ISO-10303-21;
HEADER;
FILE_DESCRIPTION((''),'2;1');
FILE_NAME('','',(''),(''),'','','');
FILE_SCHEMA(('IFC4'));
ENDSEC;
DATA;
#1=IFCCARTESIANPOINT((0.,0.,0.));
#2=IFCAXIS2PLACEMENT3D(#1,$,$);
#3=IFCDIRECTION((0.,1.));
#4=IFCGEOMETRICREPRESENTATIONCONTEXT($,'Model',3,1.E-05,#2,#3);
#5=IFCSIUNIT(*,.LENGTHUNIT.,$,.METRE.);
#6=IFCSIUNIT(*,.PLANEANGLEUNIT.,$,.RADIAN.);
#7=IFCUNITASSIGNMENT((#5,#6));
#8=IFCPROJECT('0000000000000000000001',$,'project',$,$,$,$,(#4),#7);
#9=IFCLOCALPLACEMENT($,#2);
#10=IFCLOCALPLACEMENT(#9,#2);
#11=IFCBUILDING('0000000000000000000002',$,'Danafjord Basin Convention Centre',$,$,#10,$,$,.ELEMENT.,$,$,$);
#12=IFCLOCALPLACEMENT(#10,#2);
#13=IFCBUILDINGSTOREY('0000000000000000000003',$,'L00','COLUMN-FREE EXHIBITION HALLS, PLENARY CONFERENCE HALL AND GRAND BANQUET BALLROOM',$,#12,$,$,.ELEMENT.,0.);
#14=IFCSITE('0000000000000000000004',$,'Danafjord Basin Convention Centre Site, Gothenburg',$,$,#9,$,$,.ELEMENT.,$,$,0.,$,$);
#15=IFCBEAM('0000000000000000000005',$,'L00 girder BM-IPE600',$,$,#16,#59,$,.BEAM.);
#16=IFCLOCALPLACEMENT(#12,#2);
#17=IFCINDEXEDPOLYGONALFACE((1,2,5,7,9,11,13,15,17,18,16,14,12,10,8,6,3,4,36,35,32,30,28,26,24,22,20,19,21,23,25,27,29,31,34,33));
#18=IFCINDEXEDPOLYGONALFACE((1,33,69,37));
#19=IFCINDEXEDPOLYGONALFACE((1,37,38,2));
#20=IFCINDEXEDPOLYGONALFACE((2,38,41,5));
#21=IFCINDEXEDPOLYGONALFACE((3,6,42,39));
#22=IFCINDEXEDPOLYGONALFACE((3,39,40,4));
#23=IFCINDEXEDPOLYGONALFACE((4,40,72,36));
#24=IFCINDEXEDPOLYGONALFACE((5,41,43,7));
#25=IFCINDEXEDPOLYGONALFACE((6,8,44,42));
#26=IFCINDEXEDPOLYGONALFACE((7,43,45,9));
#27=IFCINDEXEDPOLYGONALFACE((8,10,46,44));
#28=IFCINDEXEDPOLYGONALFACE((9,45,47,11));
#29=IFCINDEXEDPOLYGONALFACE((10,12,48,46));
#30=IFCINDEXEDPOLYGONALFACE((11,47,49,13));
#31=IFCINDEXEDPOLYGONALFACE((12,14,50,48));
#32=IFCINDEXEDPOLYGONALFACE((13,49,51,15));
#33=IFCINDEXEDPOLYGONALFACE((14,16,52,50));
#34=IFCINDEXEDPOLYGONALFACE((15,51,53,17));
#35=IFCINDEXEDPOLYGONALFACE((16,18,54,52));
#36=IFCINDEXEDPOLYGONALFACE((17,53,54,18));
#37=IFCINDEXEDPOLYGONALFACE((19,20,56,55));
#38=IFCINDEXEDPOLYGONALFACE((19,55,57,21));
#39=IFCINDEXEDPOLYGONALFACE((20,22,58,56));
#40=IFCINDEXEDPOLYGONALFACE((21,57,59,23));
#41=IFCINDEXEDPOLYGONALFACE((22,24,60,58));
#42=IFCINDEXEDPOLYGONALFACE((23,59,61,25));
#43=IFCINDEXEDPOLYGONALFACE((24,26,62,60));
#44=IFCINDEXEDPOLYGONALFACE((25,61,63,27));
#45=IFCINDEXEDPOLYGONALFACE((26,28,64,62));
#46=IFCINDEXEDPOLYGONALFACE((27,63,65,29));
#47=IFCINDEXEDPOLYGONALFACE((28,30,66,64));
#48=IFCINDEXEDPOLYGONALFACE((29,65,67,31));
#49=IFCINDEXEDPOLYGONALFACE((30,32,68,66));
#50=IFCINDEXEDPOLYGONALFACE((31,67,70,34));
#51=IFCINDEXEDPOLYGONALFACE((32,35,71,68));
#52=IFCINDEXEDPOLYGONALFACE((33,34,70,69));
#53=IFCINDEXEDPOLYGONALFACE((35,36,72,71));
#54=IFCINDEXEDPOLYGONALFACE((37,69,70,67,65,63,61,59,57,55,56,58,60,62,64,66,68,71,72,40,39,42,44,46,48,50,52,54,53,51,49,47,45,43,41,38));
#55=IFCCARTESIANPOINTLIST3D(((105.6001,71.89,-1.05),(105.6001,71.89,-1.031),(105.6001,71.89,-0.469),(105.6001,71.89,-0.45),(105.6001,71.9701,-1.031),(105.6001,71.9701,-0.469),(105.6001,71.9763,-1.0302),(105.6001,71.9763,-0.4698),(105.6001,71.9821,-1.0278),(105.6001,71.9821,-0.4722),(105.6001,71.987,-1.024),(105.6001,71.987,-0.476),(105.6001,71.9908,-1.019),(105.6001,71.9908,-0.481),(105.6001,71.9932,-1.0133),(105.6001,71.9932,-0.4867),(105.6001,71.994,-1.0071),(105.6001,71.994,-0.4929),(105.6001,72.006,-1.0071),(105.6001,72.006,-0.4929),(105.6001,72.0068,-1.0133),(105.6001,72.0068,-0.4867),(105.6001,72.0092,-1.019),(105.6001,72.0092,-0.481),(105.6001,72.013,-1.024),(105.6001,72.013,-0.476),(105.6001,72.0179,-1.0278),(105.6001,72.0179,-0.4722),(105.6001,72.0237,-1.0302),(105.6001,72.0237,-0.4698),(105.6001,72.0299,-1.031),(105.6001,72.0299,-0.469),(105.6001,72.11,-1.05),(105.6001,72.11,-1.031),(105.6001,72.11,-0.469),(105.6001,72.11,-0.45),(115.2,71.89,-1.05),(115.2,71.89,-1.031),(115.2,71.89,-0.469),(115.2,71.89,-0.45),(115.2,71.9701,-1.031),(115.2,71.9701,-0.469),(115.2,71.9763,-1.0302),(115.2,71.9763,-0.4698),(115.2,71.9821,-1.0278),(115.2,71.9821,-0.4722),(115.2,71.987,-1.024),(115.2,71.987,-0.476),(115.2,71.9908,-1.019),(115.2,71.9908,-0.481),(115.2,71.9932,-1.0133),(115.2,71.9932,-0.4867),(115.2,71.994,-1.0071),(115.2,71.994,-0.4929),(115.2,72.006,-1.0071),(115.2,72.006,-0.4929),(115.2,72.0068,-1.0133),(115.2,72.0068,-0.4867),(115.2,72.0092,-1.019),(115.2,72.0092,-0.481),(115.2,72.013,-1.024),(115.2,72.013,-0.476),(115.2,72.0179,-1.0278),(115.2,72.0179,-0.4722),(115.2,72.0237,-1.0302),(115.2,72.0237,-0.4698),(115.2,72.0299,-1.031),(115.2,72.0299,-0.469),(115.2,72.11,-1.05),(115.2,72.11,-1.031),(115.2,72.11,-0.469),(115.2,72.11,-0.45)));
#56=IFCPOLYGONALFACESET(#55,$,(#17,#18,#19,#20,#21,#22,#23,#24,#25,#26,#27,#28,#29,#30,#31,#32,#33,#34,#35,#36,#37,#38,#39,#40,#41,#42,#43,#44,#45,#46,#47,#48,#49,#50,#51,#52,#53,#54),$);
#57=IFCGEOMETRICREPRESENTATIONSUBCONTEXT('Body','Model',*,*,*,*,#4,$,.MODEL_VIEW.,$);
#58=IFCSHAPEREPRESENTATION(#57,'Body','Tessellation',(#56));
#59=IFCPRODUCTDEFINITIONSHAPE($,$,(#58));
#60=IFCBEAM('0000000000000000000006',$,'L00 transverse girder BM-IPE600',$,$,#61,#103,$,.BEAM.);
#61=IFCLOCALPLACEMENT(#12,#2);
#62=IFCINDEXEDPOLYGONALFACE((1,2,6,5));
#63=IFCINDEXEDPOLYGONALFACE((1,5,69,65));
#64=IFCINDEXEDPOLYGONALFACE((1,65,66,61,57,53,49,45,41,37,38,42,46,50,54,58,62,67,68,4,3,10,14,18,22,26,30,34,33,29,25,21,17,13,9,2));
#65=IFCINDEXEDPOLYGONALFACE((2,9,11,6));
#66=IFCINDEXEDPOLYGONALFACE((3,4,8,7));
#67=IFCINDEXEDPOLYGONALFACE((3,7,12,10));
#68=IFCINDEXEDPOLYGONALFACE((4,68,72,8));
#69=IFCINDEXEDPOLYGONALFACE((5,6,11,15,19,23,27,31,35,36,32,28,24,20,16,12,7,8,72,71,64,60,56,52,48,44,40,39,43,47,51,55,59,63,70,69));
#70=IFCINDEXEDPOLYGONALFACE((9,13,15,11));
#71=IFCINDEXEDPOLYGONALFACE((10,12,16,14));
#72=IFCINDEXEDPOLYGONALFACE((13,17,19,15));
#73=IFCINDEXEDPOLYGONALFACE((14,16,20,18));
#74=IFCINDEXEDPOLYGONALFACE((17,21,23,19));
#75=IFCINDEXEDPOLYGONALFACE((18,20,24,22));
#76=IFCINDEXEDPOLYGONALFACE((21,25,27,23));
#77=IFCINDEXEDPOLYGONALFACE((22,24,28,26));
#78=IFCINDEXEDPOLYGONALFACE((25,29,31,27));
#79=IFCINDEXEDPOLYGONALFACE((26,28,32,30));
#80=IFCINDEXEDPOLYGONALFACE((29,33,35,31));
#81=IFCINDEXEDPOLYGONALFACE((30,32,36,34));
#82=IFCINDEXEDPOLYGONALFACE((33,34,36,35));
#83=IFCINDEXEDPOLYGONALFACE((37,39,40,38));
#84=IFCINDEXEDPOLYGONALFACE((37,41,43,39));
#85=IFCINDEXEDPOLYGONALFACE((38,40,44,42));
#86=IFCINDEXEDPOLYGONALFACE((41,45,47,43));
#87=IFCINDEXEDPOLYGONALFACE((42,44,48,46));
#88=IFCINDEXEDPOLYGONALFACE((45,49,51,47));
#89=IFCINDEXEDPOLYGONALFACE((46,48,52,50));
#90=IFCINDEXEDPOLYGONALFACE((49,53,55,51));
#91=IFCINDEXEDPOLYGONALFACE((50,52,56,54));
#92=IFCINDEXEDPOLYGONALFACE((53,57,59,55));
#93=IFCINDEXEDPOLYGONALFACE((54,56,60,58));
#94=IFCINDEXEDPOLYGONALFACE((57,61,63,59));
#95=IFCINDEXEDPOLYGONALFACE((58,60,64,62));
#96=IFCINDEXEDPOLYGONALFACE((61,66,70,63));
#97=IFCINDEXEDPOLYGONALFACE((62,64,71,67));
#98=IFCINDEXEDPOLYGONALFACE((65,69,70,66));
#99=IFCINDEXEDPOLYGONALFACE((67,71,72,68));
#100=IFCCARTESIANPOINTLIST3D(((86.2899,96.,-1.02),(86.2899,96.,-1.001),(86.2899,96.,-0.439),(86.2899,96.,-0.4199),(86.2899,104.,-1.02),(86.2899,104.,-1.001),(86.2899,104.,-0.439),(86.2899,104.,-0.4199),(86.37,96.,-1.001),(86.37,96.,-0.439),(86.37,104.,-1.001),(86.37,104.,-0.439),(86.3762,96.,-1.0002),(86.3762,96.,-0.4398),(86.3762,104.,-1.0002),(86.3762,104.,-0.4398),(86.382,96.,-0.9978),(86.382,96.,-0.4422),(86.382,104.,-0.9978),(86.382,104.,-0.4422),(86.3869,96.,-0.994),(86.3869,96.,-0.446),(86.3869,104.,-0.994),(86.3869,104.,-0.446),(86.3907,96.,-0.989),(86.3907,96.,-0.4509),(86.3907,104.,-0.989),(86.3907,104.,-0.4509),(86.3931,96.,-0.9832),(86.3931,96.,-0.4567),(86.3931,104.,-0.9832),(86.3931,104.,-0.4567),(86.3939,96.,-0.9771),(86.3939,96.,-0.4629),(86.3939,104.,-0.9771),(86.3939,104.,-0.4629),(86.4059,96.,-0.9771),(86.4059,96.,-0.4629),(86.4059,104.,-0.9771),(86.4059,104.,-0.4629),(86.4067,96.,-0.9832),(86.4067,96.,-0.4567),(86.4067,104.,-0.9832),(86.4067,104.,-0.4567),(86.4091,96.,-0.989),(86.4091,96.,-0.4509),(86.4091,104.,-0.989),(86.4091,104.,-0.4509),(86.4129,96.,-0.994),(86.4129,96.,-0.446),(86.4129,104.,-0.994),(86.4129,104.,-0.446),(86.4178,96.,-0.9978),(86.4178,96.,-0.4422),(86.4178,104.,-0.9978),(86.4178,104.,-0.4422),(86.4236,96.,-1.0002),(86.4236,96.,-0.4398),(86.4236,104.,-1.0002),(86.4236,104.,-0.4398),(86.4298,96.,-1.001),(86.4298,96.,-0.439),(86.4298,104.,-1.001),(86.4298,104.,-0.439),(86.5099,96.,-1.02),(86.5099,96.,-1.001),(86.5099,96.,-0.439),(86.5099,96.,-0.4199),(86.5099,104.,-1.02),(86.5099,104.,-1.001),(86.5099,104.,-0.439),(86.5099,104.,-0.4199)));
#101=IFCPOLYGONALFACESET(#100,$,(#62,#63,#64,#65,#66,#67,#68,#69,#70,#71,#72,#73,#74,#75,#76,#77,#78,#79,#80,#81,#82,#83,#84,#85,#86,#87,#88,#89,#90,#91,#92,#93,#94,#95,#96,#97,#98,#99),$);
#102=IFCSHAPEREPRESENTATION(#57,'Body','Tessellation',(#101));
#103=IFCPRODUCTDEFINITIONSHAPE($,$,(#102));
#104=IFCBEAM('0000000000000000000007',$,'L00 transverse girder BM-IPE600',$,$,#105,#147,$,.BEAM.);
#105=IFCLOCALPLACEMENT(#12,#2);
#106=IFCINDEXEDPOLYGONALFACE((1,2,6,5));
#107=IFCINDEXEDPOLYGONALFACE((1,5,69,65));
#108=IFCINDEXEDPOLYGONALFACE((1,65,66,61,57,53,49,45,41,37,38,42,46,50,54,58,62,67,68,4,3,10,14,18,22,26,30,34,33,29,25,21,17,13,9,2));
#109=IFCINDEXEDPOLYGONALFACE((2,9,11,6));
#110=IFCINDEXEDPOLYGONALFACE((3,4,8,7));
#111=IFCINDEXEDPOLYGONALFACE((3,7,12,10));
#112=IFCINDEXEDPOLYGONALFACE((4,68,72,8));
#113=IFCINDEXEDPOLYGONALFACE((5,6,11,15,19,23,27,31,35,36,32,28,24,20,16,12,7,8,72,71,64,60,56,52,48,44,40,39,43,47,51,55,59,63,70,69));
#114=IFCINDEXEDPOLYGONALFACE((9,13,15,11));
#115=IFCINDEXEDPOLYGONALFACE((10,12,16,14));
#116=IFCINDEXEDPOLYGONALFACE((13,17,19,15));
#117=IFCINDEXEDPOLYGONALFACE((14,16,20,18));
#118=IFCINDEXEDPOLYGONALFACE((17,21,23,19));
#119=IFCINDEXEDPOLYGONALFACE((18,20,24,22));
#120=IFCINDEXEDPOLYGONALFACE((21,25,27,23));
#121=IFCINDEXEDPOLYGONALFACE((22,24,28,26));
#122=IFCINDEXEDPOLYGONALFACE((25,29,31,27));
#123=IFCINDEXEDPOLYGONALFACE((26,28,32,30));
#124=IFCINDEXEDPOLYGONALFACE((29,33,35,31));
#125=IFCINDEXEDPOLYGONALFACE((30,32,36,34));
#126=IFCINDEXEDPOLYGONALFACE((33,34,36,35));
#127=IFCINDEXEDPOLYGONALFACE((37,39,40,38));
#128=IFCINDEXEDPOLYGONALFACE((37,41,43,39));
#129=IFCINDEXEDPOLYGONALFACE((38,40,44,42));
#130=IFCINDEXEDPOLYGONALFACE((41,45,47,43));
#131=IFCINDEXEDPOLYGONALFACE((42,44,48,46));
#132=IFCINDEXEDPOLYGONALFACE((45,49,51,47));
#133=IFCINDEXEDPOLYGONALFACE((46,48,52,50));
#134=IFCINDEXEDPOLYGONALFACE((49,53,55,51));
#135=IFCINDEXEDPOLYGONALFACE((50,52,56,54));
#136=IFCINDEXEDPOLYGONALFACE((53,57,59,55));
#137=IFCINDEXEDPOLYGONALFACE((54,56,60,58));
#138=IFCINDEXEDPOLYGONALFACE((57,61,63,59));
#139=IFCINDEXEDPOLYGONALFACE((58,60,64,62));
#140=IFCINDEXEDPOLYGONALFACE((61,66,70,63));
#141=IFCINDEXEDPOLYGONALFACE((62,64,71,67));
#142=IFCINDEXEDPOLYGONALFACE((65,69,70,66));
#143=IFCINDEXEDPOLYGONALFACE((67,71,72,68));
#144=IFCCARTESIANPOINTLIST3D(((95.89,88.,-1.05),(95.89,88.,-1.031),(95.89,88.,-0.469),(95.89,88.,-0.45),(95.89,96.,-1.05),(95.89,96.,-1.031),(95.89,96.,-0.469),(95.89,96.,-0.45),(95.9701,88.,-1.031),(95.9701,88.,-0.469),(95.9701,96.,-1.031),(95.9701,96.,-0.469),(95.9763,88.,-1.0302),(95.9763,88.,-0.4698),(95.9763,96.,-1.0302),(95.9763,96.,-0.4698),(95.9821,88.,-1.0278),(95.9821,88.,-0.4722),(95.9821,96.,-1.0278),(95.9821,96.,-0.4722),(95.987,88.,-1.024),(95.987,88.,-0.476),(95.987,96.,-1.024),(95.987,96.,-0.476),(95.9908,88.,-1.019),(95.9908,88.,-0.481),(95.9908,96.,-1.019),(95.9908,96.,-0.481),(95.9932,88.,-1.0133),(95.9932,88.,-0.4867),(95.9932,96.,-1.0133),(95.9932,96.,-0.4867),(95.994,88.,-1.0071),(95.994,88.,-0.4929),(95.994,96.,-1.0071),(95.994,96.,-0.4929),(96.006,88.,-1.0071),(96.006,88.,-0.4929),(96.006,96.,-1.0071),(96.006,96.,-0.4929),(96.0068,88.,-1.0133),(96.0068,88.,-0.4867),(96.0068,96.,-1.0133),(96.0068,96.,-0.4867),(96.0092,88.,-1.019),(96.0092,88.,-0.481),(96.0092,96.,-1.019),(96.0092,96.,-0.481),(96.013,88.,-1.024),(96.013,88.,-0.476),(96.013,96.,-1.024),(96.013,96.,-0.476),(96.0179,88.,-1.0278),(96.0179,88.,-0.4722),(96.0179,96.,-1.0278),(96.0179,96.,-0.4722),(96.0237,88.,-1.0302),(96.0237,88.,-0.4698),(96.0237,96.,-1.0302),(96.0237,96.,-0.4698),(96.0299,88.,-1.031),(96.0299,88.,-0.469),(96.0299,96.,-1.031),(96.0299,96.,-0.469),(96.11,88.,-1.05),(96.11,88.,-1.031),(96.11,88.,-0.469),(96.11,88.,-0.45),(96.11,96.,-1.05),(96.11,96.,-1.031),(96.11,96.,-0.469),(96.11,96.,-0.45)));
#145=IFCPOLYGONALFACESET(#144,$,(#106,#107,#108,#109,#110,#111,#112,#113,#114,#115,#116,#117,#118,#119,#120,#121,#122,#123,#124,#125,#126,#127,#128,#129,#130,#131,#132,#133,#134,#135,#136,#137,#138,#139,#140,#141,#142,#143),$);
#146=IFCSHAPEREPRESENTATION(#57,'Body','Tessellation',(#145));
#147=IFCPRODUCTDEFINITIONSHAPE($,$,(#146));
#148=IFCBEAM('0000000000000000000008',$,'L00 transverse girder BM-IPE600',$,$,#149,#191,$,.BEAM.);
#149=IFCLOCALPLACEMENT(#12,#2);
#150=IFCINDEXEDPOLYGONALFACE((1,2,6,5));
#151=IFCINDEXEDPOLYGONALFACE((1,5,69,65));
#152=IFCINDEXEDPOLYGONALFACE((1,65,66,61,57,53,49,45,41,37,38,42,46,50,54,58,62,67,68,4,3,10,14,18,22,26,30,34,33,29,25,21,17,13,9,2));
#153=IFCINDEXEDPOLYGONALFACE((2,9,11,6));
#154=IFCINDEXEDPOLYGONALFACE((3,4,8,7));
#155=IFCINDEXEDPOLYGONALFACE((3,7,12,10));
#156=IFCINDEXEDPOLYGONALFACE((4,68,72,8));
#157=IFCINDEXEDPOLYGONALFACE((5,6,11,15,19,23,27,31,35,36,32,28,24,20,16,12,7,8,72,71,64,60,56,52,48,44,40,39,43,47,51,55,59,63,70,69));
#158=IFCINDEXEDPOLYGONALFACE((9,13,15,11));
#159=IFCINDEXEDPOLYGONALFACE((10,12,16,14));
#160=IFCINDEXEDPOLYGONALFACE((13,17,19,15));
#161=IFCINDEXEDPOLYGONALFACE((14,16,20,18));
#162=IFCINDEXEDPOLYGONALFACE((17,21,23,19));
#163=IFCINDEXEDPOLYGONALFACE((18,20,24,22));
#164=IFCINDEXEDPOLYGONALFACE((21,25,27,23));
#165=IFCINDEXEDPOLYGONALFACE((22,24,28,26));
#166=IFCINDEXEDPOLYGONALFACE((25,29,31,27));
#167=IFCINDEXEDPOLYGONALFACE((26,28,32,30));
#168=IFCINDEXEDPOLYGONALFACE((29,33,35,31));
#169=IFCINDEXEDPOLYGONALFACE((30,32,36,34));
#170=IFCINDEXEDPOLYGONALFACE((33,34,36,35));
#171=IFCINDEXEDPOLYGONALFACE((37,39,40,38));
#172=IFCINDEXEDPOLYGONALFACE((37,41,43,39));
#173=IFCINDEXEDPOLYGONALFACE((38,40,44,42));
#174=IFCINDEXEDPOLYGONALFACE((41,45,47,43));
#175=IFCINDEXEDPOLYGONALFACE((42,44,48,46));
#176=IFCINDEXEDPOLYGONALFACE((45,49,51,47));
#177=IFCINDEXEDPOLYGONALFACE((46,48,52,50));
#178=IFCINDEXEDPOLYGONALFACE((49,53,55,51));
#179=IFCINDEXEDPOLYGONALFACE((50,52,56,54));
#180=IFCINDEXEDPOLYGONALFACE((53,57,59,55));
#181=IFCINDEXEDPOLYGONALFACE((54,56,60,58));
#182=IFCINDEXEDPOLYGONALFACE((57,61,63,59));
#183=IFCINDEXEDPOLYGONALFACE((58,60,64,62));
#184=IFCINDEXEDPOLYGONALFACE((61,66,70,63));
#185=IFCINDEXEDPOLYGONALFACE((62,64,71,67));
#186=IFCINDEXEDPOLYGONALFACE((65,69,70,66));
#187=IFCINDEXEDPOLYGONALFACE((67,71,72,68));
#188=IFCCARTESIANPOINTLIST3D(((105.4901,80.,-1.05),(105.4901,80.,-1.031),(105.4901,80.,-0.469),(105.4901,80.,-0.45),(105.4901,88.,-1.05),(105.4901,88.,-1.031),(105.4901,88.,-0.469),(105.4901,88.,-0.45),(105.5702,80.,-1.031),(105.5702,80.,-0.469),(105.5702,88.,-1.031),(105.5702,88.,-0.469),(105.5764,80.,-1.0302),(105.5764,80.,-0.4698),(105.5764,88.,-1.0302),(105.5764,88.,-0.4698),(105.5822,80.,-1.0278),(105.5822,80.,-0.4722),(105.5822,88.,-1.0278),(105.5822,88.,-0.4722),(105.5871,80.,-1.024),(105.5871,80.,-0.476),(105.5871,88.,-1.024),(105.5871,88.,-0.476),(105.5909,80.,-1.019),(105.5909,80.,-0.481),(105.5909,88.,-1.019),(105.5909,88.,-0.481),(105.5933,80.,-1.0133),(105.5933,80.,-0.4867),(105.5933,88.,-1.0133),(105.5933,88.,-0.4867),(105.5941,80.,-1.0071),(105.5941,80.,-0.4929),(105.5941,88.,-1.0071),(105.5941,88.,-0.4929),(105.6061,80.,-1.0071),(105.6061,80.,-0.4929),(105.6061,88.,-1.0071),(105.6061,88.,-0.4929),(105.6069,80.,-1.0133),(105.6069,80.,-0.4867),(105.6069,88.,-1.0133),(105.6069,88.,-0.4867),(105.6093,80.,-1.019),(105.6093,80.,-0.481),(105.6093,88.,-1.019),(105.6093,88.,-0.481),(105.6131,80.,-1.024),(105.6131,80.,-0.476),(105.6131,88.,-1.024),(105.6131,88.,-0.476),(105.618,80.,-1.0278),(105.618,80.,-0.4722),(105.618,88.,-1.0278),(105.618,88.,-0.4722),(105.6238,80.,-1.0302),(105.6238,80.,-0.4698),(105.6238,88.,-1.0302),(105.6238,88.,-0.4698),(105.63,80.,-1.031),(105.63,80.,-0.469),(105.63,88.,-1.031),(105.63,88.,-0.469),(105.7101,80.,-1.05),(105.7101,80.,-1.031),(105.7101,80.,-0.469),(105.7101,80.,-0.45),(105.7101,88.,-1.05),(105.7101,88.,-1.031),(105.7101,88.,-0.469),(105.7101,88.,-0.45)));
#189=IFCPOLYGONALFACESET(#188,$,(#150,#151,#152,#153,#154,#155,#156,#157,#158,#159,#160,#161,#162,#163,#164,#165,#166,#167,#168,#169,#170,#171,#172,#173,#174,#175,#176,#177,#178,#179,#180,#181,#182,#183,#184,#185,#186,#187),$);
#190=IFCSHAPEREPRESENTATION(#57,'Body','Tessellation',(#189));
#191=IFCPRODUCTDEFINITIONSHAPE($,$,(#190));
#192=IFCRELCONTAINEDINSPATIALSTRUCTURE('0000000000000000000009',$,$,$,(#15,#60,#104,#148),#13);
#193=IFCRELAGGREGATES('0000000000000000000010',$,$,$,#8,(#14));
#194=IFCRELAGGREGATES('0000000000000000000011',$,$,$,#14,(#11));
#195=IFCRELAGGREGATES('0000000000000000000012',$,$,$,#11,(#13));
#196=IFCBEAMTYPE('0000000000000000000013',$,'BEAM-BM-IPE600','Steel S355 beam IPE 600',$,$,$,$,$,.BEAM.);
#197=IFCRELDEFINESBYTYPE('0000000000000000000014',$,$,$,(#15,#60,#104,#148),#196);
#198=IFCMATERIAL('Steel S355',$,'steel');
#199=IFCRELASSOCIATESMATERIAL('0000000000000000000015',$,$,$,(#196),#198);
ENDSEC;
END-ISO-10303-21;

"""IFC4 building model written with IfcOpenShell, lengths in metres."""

from ifc_helpers import new_model, si_unit, direction, frame, origin, origin_2d, place, context, subcontext, project, spatial, i_section, extrude, material, material_profile, profile_set, type_object, element, save


model = new_model("IFC4")

# Units and contexts
model_context = context("Model", 3, precision=1e-05, world=origin(), true_north=direction((0.0, 1.0)))
body_context = subcontext(model_context, "Body", "Model", "MODEL_VIEW")
ifc_project = project(units=[si_unit("LENGTHUNIT", "METRE"), si_unit("PLANEANGLEUNIT", "RADIAN")], contexts=[model_context])

# Site, building, storey
site_placement = place(None, origin())
site = spatial("IfcSite", under=ifc_project, at=site_placement, Name="Danafjord Basin Convention Centre Site, Gothenburg", CompositionType="ELEMENT", RefElevation=0.0)
building_placement = place(site_placement, origin())
building = spatial("IfcBuilding", under=site, at=building_placement, Name="Danafjord Basin Convention Centre", CompositionType="ELEMENT")
storey_placement = place(building_placement, origin())
storey = spatial("IfcBuildingStorey", under=building, at=storey_placement, Name="L00", Description="COLUMN-FREE EXHIBITION HALLS, PLENARY CONFERENCE HALL AND GRAND BANQUET BALLROOM", CompositionType="ELEMENT", Elevation=0.0)

# Beams
ifc_material = material(Name="Steel S355", Category="steel")
ifc_material_profile_1 = material_profile(ifc_material, i_section(OverallWidth=0.22, OverallDepth=0.6001, WebThickness=0.012, FlangeThickness=0.019, FilletRadius=0.0239, at=origin_2d()), Name="IPE 600")
ifc_profile_set_1 = profile_set([ifc_material_profile_1], Name="Steel S355")
beam_type_1 = type_object("IfcBeamType", Name="BEAM-BM-IPE600", Description="Steel S355 beam IPE 600", PredefinedType="BEAM", material=ifc_profile_set_1)
beam_1_placement = place(storey_placement, frame((105.6001, 72.0, -0.75), z_axis=(1.0, 0.0, 0.0), x_axis=(0.0, 1.0, 0.0)))
element("IfcBeam", 1, at=beam_1_placement, inside=storey, type_object=beam_type_1, Name="L00 girder BM-IPE600", PredefinedType="BEAM", context=body_context, shape_type="SweptSolid", body=[
    extrude(i_section(OverallWidth=0.22, OverallDepth=0.6001, WebThickness=0.012, FlangeThickness=0.019, FilletRadius=0.0239, at=origin_2d()), origin(), (0.0, 0.0, 1.0), 9.5999),
])
for number, where, z_axis, x_axis, name in (
    (2, (86.3999, 96.0, -0.72), (0.0, 1.0, 0.0), (-1.0, 0.0, 0.0), "L00 transverse girder BM-IPE600"),
    (3, (96.0, 88.0, -0.75), (0.0, 1.0, 0.0), (-1.0, 0.0, 0.0), "L00 transverse girder BM-IPE600"),
    (4, (105.6001, 80.0, -0.75), (0.0, 1.0, 0.0), (-1.0, 0.0, 0.0), "L00 transverse girder BM-IPE600"),
):
    element("IfcBeam", number, at=place(storey_placement, frame(where, z_axis=z_axis, x_axis=x_axis)), inside=storey, type_object=beam_type_1, Name=name, PredefinedType="BEAM", context=body_context, shape_type="SweptSolid", body=[
        extrude(i_section(OverallWidth=0.22, OverallDepth=0.6001, WebThickness=0.012, FlangeThickness=0.019, FilletRadius=0.0239, at=origin_2d()), origin(), (0.0, 0.0, 1.0), 8.0),
    ])

save(model, "model.ifc")
